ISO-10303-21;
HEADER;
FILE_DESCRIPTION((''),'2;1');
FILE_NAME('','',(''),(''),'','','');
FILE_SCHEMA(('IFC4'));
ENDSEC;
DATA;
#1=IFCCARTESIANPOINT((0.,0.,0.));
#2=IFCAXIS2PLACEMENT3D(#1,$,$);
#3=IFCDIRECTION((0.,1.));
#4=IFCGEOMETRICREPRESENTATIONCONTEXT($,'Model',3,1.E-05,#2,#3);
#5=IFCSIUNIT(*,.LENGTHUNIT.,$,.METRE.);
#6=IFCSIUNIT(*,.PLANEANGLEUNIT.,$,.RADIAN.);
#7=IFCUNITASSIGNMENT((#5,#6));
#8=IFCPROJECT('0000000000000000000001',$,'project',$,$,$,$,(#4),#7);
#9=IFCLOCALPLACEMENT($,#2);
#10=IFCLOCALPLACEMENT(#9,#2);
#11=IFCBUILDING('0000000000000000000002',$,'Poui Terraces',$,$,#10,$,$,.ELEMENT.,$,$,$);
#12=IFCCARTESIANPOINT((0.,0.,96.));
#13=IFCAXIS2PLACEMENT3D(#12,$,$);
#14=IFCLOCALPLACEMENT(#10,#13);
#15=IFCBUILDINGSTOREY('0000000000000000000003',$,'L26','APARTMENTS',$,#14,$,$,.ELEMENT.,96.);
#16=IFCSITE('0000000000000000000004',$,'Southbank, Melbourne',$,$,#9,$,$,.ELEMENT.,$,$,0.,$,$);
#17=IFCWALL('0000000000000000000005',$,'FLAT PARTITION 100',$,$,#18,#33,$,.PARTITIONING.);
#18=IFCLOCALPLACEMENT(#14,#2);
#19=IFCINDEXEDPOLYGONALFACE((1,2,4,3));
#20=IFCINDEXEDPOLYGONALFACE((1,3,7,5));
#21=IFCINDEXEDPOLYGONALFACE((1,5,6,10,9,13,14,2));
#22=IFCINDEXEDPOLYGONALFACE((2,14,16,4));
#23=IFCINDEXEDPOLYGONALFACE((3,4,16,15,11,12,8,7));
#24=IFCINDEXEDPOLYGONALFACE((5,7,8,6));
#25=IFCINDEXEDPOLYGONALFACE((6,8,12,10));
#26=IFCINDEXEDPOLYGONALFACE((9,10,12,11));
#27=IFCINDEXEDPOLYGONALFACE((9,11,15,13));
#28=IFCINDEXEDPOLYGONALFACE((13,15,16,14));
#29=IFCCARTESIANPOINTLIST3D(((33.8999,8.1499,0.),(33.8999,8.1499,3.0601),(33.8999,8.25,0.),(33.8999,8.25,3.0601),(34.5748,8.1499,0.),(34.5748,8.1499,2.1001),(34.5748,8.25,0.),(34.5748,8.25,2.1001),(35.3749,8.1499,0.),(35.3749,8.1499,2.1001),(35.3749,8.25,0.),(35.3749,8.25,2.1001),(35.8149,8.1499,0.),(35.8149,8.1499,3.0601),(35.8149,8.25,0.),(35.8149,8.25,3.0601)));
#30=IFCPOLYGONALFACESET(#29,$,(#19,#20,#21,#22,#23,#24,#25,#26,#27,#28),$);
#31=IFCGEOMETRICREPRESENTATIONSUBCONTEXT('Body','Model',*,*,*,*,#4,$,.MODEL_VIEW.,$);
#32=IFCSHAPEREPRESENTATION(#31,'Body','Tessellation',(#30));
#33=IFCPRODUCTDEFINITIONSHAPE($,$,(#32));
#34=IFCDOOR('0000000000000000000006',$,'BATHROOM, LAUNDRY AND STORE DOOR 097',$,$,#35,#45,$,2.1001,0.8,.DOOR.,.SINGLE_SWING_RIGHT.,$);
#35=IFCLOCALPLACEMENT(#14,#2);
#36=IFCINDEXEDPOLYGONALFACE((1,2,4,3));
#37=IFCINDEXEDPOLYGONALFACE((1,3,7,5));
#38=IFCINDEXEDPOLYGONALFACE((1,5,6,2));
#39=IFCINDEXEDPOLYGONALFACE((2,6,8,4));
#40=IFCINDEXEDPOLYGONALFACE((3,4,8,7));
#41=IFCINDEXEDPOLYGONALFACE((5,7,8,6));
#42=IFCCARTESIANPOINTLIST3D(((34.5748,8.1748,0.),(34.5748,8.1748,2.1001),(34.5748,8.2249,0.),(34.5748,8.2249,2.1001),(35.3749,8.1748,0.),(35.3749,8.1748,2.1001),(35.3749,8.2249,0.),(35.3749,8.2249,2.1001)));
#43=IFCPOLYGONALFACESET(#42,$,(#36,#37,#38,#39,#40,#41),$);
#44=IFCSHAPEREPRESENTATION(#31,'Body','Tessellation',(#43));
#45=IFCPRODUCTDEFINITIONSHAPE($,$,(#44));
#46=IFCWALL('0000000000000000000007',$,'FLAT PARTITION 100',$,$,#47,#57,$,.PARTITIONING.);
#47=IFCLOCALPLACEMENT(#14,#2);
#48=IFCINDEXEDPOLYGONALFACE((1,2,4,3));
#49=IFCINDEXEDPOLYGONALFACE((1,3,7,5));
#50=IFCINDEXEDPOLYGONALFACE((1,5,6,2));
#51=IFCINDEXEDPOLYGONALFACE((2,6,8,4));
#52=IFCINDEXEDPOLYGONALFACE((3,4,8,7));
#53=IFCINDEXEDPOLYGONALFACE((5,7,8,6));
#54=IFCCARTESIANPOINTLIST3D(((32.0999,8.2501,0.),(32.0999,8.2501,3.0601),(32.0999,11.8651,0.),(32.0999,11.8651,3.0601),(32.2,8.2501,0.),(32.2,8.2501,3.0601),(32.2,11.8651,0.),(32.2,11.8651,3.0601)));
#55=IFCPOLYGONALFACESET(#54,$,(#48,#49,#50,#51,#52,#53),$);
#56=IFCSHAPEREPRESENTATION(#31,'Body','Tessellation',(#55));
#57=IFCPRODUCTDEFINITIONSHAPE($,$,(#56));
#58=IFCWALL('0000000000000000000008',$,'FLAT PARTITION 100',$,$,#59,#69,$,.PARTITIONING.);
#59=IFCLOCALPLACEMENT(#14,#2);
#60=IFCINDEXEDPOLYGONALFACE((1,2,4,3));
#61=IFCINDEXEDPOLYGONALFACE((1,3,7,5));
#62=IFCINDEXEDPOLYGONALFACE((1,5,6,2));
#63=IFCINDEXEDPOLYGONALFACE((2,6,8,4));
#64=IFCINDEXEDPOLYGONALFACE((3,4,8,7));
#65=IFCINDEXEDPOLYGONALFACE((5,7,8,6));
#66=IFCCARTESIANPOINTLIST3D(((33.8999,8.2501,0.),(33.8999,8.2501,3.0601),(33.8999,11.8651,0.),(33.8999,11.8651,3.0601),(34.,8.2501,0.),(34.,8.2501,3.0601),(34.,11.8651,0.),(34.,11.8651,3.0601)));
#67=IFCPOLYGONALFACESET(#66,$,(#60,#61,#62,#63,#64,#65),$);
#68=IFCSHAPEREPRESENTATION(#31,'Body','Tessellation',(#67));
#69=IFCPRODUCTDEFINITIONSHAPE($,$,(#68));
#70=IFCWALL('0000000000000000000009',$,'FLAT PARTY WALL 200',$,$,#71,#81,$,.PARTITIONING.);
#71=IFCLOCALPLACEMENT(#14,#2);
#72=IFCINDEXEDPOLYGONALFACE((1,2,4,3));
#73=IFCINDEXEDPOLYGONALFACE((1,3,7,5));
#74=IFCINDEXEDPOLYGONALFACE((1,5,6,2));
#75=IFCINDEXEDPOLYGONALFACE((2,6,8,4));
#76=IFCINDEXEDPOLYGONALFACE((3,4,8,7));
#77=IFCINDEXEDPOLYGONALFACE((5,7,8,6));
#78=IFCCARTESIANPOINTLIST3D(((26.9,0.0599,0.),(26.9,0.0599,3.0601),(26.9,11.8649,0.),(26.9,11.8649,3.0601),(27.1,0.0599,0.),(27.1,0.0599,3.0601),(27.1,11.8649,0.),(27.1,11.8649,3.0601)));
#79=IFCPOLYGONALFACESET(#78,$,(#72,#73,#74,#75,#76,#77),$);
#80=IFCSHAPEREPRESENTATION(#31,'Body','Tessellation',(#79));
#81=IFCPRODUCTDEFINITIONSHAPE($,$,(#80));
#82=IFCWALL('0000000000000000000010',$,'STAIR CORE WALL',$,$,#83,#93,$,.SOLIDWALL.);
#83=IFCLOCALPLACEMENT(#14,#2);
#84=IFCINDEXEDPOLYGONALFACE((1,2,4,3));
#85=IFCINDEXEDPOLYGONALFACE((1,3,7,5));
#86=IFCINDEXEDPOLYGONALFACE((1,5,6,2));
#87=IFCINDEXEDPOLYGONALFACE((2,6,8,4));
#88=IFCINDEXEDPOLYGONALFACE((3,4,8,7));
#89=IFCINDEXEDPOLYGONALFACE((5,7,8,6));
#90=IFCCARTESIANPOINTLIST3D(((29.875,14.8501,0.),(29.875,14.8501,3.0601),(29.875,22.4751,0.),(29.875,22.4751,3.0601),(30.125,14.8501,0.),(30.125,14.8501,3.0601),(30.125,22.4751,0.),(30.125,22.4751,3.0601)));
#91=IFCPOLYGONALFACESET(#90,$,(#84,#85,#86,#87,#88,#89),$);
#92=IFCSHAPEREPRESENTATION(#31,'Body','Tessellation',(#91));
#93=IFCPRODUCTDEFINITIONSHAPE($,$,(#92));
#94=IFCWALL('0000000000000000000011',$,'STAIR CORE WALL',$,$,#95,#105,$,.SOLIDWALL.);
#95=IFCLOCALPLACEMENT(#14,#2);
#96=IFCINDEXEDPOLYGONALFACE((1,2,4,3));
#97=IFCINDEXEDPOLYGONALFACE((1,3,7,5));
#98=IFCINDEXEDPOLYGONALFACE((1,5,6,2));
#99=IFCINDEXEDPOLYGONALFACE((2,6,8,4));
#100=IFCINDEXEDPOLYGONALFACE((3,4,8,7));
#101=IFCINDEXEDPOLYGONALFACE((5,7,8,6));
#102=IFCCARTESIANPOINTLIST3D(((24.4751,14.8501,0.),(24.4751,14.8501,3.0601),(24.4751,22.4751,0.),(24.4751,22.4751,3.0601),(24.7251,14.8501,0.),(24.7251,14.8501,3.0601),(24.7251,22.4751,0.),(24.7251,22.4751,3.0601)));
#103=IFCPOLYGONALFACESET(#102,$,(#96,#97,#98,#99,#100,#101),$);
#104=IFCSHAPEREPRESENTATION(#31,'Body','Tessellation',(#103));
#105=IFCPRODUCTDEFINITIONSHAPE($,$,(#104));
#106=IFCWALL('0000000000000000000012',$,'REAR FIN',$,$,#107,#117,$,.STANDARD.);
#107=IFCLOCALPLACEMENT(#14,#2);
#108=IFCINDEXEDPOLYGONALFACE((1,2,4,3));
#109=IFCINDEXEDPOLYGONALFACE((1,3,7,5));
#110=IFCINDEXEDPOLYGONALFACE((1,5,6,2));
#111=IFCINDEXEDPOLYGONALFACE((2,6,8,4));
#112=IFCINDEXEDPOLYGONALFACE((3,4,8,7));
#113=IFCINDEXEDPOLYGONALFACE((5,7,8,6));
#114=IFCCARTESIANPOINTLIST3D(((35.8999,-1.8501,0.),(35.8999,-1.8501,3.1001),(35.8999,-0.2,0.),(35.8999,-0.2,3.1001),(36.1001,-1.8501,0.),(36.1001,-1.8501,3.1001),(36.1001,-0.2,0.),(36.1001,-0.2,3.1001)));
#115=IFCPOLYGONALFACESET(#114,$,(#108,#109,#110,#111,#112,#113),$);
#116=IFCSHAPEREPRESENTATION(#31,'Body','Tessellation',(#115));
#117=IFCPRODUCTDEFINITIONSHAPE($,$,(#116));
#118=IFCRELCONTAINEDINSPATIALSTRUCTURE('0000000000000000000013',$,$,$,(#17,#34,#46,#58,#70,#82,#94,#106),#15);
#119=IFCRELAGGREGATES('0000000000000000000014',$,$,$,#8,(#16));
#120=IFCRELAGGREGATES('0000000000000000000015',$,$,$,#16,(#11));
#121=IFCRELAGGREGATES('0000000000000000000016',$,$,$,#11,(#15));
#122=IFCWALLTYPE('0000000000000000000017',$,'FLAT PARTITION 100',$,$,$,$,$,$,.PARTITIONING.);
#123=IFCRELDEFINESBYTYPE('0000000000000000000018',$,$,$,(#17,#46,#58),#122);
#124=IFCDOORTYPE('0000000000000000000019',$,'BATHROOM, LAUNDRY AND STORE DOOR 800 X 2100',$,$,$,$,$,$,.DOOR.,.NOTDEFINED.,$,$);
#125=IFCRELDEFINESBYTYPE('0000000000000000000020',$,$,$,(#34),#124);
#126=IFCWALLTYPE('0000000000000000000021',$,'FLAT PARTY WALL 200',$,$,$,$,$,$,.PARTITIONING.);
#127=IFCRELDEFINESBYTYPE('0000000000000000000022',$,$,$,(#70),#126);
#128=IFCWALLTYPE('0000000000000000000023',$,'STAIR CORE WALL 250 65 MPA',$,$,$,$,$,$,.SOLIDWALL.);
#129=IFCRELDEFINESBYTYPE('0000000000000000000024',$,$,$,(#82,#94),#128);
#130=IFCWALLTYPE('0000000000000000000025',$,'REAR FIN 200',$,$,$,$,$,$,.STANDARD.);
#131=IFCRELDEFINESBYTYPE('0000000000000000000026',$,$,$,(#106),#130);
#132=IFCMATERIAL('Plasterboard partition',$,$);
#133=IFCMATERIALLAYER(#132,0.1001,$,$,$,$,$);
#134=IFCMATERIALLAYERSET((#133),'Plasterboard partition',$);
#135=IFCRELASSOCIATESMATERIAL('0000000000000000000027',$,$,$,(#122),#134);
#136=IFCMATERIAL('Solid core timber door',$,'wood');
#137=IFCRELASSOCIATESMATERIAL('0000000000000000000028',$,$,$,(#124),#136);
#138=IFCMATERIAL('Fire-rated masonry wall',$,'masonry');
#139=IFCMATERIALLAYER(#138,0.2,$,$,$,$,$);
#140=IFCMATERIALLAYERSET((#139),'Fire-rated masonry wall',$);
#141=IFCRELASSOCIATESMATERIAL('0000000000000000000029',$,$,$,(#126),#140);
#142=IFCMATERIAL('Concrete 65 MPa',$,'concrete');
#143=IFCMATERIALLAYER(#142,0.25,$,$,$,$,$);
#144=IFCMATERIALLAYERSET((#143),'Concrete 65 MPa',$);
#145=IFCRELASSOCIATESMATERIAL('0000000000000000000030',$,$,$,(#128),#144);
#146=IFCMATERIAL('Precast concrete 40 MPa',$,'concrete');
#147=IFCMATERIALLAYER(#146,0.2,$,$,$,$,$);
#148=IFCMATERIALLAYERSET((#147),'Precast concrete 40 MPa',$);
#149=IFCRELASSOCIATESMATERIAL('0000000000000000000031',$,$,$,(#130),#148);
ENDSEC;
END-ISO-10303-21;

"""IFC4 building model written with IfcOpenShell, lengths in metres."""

from ifc_helpers import new_model, si_unit, direction, frame, frame_2d, origin, place, context, subcontext, project, spatial, polyline, rectangle, outline, extrude, source, transform, mapped, material, layer, layer_set, type_object, element, fill, save


model = new_model("IFC4")

# Units and contexts
model_context = context("Model", 3, precision=1e-05, world=origin(), true_north=direction((0.0, 1.0)))
body_context = subcontext(model_context, "Body", "Model", "MODEL_VIEW")
ifc_project = project(units=[si_unit("LENGTHUNIT", "METRE"), si_unit("PLANEANGLEUNIT", "RADIAN")], contexts=[model_context])

# Site, building, storey
site_placement = place(None, origin())
site = spatial("IfcSite", under=ifc_project, at=site_placement, Name="Southbank, Melbourne", CompositionType="ELEMENT", RefElevation=0.0)
building_placement = place(site_placement, origin())
building = spatial("IfcBuilding", under=site, at=building_placement, Name="Poui Terraces", CompositionType="ELEMENT")
storey_placement = place(building_placement, frame((0.0, 0.0, 96.0)))
storey = spatial("IfcBuildingStorey", under=building, at=storey_placement, Name="L26", Description="APARTMENTS", CompositionType="ELEMENT", Elevation=96.0)

# Shared definitions
ifc_material_1 = material(Name="Concrete 65 MPa", Category="concrete")

# Shared definitions
ifc_material_2 = material(Name="Precast concrete 40 MPa", Category="concrete")

# Wall, opening, door
ifc_material_3 = material(Name="Solid core timber door", Category="wood")
ifc_material_4 = material(Name="Plasterboard partition")
ifc_layer_1 = layer(ifc_material_4, 0.1001)
ifc_layer_set_1 = layer_set([ifc_layer_1], Name="Plasterboard partition")
wall_type_1 = type_object("IfcWallType", Name="FLAT PARTITION 100", PredefinedType="PARTITIONING", material=ifc_layer_set_1)
door_type_1 = type_object("IfcDoorType", Name="BATHROOM, LAUNDRY AND STORE DOOR 800 X 2100", OperationType="NOTDEFINED", PredefinedType="DOOR", material=ifc_material_3)
wall_1_placement = place(storey_placement, frame((33.8999, 8.2, 0.0), z_axis=(0.0, 0.0, 1.0), x_axis=(1.0, 0.0, 0.0)))
wall_1 = element("IfcWall", 1, at=wall_1_placement, inside=storey, type_object=wall_type_1, Name="FLAT PARTITION 100", PredefinedType="PARTITIONING", context=body_context, shape_type="SweptSolid", body=[
    extrude(rectangle(XDim=1.915, YDim=0.1001, at=frame_2d((0.9575, 0.0))), origin(), (0.0, 0.0, 1.0), 3.0601),
])
opening_1_placement = place(wall_1_placement, frame((0.675, 0.0, 0.0)))
opening_1 = element("IfcOpeningElement", 2, at=opening_1_placement, cuts=wall_1, PredefinedType="OPENING", context=body_context, shape_type="SweptSolid", body=[
    extrude(rectangle(XDim=0.8, YDim=2.1001, at=frame_2d((0.3999, 1.05))), frame((0.0, 0.0601, 0.0), z_axis=(0.0, -1.0, 0.0), x_axis=(1.0, 0.0, 0.0)), (0.0, 0.0, 1.0), 0.1201),
])
door_1_placement = place(opening_1_placement, origin())
door_1 = element("IfcDoor", 3, at=door_1_placement, inside=storey, type_object=door_type_1, Name="BATHROOM, LAUNDRY AND STORE DOOR 097", OperationType="SINGLE_SWING_RIGHT", OverallHeight=2.1001, OverallWidth=0.8, PredefinedType="DOOR", context=body_context, shape_type="SweptSolid", body=[
    extrude(rectangle(XDim=0.8, YDim=2.1001, at=frame_2d((0.3999, 1.05))), frame((0.0, 0.0249, 0.0), z_axis=(0.0, -1.0, 0.0), x_axis=(1.0, 0.0, 0.0)), (0.0, 0.0, 1.0), 0.05),
])
fill(opening_1, door_1)

# Walls
for number, where, z_axis, x_axis, name in (
    (4, (32.1499, 8.25, 0.0), (0.0, 0.0, 1.0), (0.0, 1.0, 0.0), "FLAT PARTITION 100"),
    (5, (33.95, 8.25, 0.0), (0.0, 0.0, 1.0), (0.0, 1.0, 0.0), "FLAT PARTITION 100"),
):
    element("IfcWall", number, at=place(storey_placement, frame(where, z_axis=z_axis, x_axis=x_axis)), inside=storey, type_object=wall_type_1, Name=name, PredefinedType="PARTITIONING", context=body_context, shape_type="SweptSolid", body=[
        extrude(rectangle(XDim=3.615, YDim=0.1001, at=frame_2d((1.8076, 0.0))), origin(), (0.0, 0.0, 1.0), 3.0601),
    ])
ifc_material_5 = material(Name="Fire-rated masonry wall", Category="masonry")
ifc_layer_2 = layer(ifc_material_5, 0.2)
ifc_layer_set_2 = layer_set([ifc_layer_2], Name="Fire-rated masonry wall")
wall_type_2 = type_object("IfcWallType", Name="FLAT PARTY WALL 200", PredefinedType="PARTITIONING", material=ifc_layer_set_2)
wall_2_placement = place(storey_placement, frame((27.0, 0.0601, 0.0), z_axis=(0.0, 0.0, 1.0), x_axis=(0.0, 1.0, 0.0)))
element("IfcWall", 6, at=wall_2_placement, inside=storey, type_object=wall_type_2, Name="FLAT PARTY WALL 200", PredefinedType="PARTITIONING", context=body_context, shape_type="SweptSolid", body=[
    extrude(rectangle(XDim=11.8049, YDim=0.2, at=frame_2d((5.9023, 0.0))), origin(), (0.0, 0.0, 1.0), 3.0601),
])
ifc_layer_3 = layer(ifc_material_1, 0.25)
ifc_layer_set_3 = layer_set([ifc_layer_3], Name="Concrete 65 MPa")
wall_type_3 = type_object("IfcWallType", Name="STAIR CORE WALL 250 65 MPA", PredefinedType="SOLIDWALL", material=ifc_layer_set_3)
for number, where, z_axis, x_axis, name in (
    (7, (30.0, 14.8501, 0.0), (0.0, 0.0, 1.0), (0.0, 1.0, 0.0), "STAIR CORE WALL"),
    (8, (24.6001, 14.8501, 0.0), (0.0, 0.0, 1.0), (0.0, 1.0, 0.0), "STAIR CORE WALL"),
):
    element("IfcWall", number, at=place(storey_placement, frame(where, z_axis=z_axis, x_axis=x_axis)), inside=storey, type_object=wall_type_3, Name=name, PredefinedType="SOLIDWALL", context=body_context, shape_type="SweptSolid", body=[
        extrude(rectangle(XDim=7.625, YDim=0.25, at=frame_2d((3.8125, 0.0))), origin(), (0.0, 0.0, 1.0), 3.0601),
    ])
ifc_layer_4 = layer(ifc_material_2, 0.2)
ifc_layer_set_4 = layer_set([ifc_layer_4], Name="Precast concrete 40 MPa")
wall_type_4 = type_object("IfcWallType", Name="REAR FIN 200", PredefinedType="STANDARD", material=ifc_layer_set_4)
shared_shape_1 = source(origin(), body_context, "Body", "SweptSolid", [
    extrude(outline(polyline([(0.0, 0.0), (0.2002, 0.0), (0.2002, 1.6501), (0.0, 1.6501), (0.0, 0.0)])), origin(), (0.0, 0.0, 1.0), 3.1001),
])
wall_3_placement = place(storey_placement, frame((35.8999, -1.8501, 0.0)))
element("IfcWall", 9, at=wall_3_placement, inside=storey, type_object=wall_type_4, Name="REAR FIN", PredefinedType="STANDARD", context=body_context, shape_type="MappedRepresentation", body=[
    mapped(shared_shape_1, transform((0.0, 0.0, 0.0))),
])

save(model, "model.ifc")
